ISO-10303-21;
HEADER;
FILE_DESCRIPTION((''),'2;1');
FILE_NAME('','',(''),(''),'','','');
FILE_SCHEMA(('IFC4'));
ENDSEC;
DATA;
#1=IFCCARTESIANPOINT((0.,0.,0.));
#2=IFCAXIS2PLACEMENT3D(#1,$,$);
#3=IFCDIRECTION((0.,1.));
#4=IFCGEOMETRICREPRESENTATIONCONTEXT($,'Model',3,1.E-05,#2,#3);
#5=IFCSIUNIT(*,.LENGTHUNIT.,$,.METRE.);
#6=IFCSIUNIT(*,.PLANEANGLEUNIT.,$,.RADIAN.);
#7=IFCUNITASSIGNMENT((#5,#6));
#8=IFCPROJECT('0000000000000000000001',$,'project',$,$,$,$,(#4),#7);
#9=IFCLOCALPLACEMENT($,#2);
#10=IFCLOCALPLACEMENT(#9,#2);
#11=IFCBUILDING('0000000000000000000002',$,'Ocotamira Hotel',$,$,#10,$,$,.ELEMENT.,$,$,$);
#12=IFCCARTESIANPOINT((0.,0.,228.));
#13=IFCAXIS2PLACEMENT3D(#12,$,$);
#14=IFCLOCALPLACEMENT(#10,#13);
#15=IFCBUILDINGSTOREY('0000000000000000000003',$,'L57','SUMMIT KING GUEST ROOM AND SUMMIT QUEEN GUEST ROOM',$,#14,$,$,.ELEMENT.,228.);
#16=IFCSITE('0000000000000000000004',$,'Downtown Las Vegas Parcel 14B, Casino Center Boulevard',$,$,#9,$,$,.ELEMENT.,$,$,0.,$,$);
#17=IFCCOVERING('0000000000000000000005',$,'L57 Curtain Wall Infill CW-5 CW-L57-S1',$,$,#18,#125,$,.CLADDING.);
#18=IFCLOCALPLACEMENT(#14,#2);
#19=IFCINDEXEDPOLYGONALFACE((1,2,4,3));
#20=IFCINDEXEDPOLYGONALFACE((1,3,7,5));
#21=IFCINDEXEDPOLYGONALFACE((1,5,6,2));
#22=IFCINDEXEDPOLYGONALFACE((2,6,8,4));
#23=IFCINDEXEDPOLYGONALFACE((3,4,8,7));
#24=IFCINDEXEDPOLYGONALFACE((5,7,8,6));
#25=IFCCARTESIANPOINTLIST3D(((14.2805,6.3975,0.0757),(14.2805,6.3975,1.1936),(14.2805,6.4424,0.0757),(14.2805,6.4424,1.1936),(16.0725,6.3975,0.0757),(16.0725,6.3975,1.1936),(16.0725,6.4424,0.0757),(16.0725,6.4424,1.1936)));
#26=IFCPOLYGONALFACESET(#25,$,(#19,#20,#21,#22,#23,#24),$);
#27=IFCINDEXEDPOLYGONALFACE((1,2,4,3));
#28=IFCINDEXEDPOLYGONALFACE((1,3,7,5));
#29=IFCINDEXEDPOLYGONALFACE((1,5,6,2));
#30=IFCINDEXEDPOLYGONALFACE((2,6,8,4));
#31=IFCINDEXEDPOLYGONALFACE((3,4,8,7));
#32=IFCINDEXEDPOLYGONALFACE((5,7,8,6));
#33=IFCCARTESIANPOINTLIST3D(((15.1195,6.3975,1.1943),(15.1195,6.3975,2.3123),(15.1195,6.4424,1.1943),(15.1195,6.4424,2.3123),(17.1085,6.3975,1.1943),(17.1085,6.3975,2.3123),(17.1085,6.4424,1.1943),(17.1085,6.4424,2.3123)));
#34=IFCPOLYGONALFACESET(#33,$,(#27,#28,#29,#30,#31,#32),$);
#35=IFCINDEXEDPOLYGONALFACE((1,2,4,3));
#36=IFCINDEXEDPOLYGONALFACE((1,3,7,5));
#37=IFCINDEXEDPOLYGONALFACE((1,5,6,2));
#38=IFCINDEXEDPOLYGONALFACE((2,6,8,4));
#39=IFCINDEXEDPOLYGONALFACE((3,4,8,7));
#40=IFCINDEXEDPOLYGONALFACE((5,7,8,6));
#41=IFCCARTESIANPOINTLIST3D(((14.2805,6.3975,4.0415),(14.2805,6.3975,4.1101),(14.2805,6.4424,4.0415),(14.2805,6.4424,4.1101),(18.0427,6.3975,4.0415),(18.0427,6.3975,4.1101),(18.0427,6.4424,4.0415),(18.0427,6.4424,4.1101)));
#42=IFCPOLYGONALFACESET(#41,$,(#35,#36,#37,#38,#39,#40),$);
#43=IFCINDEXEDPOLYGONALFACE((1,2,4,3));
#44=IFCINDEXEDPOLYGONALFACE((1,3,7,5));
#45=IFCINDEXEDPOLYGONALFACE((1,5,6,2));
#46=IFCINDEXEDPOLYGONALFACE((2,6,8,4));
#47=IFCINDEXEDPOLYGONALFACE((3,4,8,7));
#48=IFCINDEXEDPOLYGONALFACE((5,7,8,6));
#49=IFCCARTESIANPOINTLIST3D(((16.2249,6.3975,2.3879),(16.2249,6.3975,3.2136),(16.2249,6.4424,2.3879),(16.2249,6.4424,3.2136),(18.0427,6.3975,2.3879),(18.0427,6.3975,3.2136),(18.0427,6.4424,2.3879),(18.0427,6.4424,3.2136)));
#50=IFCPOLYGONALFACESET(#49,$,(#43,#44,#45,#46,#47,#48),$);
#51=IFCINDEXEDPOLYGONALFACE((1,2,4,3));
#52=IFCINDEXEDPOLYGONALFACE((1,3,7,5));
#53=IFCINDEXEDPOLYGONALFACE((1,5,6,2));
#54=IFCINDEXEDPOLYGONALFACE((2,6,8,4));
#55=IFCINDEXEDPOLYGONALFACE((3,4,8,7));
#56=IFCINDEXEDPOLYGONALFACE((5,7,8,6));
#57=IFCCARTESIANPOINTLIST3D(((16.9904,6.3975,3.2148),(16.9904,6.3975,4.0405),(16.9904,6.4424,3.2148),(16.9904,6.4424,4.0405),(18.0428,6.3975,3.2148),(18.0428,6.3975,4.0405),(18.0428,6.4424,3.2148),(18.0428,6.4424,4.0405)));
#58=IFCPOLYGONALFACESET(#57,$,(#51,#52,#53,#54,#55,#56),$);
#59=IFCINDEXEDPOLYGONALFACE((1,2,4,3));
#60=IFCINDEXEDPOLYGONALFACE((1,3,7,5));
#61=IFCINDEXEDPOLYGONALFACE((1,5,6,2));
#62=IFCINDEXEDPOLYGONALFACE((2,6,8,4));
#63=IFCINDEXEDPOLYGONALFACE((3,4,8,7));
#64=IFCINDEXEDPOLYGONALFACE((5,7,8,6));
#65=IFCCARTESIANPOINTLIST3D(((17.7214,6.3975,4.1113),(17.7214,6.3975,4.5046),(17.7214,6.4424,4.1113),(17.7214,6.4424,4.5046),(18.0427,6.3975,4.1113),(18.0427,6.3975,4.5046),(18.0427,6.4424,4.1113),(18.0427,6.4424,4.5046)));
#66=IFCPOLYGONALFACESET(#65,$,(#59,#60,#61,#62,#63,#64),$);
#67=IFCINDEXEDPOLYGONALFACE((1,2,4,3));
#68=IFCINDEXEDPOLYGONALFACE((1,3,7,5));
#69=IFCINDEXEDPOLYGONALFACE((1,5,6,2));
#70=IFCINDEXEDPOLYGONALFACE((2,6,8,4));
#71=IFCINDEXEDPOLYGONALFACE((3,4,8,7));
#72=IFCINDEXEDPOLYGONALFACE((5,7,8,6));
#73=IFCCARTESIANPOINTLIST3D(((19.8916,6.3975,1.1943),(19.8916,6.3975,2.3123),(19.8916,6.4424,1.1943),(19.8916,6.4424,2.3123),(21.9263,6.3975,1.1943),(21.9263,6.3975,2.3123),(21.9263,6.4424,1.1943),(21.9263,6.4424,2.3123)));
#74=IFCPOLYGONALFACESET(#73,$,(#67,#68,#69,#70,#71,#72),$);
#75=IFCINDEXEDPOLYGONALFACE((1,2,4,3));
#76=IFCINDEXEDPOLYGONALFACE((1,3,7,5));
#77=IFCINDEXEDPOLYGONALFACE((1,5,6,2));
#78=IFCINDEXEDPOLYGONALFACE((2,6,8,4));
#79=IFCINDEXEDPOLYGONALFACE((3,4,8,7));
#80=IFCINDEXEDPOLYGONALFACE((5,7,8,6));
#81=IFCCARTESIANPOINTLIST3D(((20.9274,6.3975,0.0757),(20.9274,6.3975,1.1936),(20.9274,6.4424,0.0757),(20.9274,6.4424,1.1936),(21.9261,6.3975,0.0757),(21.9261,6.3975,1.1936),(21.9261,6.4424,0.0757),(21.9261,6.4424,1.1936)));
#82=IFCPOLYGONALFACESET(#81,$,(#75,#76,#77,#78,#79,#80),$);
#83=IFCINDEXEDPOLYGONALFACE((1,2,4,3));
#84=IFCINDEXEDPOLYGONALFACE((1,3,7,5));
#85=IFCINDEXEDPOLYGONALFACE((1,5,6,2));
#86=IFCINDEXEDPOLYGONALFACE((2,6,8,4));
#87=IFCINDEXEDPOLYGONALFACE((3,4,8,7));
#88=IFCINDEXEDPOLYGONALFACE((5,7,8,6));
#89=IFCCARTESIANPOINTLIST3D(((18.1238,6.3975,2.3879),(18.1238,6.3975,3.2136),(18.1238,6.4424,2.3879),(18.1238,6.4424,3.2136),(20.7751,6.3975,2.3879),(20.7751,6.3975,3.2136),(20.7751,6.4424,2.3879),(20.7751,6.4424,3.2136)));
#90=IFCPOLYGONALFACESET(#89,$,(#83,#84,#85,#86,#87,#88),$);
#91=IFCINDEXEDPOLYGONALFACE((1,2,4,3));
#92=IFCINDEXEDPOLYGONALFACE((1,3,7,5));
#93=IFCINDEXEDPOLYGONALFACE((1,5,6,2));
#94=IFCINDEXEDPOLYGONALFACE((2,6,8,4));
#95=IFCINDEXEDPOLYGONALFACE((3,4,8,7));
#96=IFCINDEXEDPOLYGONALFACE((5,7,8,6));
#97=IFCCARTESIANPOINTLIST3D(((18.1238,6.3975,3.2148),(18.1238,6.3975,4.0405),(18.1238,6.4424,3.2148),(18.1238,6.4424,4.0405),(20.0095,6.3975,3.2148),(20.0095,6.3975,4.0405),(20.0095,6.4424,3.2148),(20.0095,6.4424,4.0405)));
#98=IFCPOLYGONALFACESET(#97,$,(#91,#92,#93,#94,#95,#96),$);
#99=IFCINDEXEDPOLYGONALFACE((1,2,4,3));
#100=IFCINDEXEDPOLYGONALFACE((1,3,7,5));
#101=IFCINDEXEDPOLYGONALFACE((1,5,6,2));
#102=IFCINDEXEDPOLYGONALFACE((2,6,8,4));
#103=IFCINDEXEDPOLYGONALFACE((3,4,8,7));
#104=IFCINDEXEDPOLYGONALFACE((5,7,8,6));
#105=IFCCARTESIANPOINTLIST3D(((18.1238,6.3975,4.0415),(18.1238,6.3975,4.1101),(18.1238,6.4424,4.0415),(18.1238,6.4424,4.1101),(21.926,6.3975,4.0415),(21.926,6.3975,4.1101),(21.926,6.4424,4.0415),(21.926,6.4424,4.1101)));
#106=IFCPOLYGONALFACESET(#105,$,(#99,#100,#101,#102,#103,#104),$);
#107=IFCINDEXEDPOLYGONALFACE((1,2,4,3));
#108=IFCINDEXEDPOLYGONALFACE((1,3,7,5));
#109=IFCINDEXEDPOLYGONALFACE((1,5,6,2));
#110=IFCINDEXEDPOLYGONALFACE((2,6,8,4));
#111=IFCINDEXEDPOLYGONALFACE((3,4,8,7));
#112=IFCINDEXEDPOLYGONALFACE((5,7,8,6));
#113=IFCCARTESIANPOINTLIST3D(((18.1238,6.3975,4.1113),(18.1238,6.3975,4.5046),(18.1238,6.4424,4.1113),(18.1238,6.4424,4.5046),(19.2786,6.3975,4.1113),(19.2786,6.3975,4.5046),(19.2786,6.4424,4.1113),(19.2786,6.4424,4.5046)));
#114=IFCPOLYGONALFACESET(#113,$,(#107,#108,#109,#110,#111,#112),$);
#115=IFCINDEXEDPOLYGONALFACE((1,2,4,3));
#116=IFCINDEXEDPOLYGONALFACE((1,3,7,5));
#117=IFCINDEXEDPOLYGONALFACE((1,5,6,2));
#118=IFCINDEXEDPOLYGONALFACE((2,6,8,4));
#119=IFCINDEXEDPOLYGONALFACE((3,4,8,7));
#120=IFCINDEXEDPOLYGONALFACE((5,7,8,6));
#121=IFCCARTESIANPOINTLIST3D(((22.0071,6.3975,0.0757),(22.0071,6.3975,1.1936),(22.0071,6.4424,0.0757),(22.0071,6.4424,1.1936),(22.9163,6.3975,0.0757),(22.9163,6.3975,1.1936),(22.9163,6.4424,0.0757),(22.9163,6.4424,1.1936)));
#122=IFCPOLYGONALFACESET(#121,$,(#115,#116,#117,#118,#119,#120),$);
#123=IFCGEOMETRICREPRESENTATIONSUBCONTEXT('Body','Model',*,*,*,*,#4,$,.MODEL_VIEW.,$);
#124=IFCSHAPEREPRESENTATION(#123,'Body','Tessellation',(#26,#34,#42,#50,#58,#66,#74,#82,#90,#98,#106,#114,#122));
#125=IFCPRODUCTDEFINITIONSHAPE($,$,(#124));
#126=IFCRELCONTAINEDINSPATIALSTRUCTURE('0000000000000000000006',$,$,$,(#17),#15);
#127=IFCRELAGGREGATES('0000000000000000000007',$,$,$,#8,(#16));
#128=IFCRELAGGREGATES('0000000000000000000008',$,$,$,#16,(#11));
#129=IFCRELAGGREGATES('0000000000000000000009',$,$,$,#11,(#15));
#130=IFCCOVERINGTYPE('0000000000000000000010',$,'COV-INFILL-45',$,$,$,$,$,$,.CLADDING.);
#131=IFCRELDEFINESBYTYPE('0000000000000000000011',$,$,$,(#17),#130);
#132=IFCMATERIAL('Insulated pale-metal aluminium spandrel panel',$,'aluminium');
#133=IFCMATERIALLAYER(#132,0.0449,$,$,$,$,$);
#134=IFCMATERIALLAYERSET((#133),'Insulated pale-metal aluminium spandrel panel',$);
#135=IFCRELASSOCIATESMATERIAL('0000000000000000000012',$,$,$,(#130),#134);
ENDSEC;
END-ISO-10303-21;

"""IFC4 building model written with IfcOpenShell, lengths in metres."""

from ifc_helpers import new_model, si_unit, direction, frame, origin, origin_2d, place, context, subcontext, project, spatial, rectangle, extrude, material, layer, layer_set, type_object, element, save


model = new_model("IFC4")

# Units and contexts
model_context = context("Model", 3, precision=1e-05, world=origin(), true_north=direction((0.0, 1.0)))
body_context = subcontext(model_context, "Body", "Model", "MODEL_VIEW")
ifc_project = project(units=[si_unit("LENGTHUNIT", "METRE"), si_unit("PLANEANGLEUNIT", "RADIAN")], contexts=[model_context])

# Site, building, storey
site_placement = place(None, origin())
site = spatial("IfcSite", under=ifc_project, at=site_placement, Name="Downtown Las Vegas Parcel 14B, Casino Center Boulevard", CompositionType="ELEMENT", RefElevation=0.0)
building_placement = place(site_placement, origin())
building = spatial("IfcBuilding", under=site, at=building_placement, Name="Ocotamira Hotel", CompositionType="ELEMENT")
storey_placement = place(building_placement, frame((0.0, 0.0, 228.0)))
storey = spatial("IfcBuildingStorey", under=building, at=storey_placement, Name="L57", Description="SUMMIT KING GUEST ROOM AND SUMMIT QUEEN GUEST ROOM", CompositionType="ELEMENT", Elevation=228.0)

# Covering
ifc_material_1 = material(Name="Insulated pale-metal aluminium spandrel panel", Category="aluminium")
ifc_layer_1 = layer(ifc_material_1, 0.0449)
ifc_layer_set_1 = layer_set([ifc_layer_1], Name="Insulated pale-metal aluminium spandrel panel")
covering_type_1 = type_object("IfcCoveringType", Name="COV-INFILL-45", PredefinedType="CLADDING", material=ifc_layer_set_1)
covering_1_placement = place(storey_placement, origin())
element("IfcCovering", 1, at=covering_1_placement, inside=storey, type_object=covering_type_1, Name="L57 Curtain Wall Infill CW-5 CW-L57-S1", PredefinedType="CLADDING", context=body_context, shape_type="SweptSolid", body=[
    extrude(rectangle(XDim=1.792, YDim=0.0449, at=origin_2d()), frame((15.1765, 6.4199, 0.0757), z_axis=(0.0, 0.0, 1.0), x_axis=(1.0, 0.0, 0.0)), (0.0, 0.0, 1.0), 1.1179),
    extrude(rectangle(XDim=1.989, YDim=0.0449, at=origin_2d()), frame((16.114, 6.4199, 1.1943), z_axis=(0.0, 0.0, 1.0), x_axis=(1.0, 0.0, 0.0)), (0.0, 0.0, 1.0), 1.1179),
    extrude(rectangle(XDim=3.7622, YDim=0.0449, at=origin_2d()), frame((16.1616, 6.4199, 4.0415), z_axis=(0.0, 0.0, 1.0), x_axis=(1.0, 0.0, 0.0)), (0.0, 0.0, 1.0), 0.0686),
    extrude(rectangle(XDim=1.8179, YDim=0.0449, at=origin_2d()), frame((17.1338, 6.4199, 2.3879), z_axis=(0.0, 0.0, 1.0), x_axis=(1.0, 0.0, 0.0)), (0.0, 0.0, 1.0), 0.8257),
    extrude(rectangle(XDim=1.0525, YDim=0.0449, at=origin_2d()), frame((17.5166, 6.4199, 3.2148), z_axis=(0.0, 0.0, 1.0), x_axis=(1.0, 0.0, 0.0)), (0.0, 0.0, 1.0), 0.8257),
    extrude(rectangle(XDim=0.3213, YDim=0.0449, at=origin_2d()), frame((17.8821, 6.4199, 4.1113), z_axis=(0.0, 0.0, 1.0), x_axis=(1.0, 0.0, 0.0)), (0.0, 0.0, 1.0), 0.3933),
    extrude(rectangle(XDim=2.0347, YDim=0.0449, at=origin_2d()), frame((20.9089, 6.4199, 1.1943), z_axis=(0.0, 0.0, 1.0), x_axis=(1.0, 0.0, 0.0)), (0.0, 0.0, 1.0), 1.1179),
    extrude(rectangle(XDim=0.9988, YDim=0.0449, at=origin_2d()), frame((21.4268, 6.4199, 0.0757), z_axis=(0.0, 0.0, 1.0), x_axis=(1.0, 0.0, 0.0)), (0.0, 0.0, 1.0), 1.1179),
    extrude(rectangle(XDim=2.6514, YDim=0.0449, at=origin_2d()), frame((19.4495, 6.4199, 2.3879), z_axis=(0.0, 0.0, 1.0), x_axis=(1.0, 0.0, 0.0)), (0.0, 0.0, 1.0), 0.8257),
    extrude(rectangle(XDim=1.8857, YDim=0.0449, at=origin_2d()), frame((19.0667, 6.4199, 3.2148), z_axis=(0.0, 0.0, 1.0), x_axis=(1.0, 0.0, 0.0)), (0.0, 0.0, 1.0), 0.8257),
    extrude(rectangle(XDim=3.8022, YDim=0.0449, at=origin_2d()), frame((20.0249, 6.4199, 4.0415), z_axis=(0.0, 0.0, 1.0), x_axis=(1.0, 0.0, 0.0)), (0.0, 0.0, 1.0), 0.0686),
    extrude(rectangle(XDim=1.1548, YDim=0.0449, at=origin_2d()), frame((18.7012, 6.4199, 4.1113), z_axis=(0.0, 0.0, 1.0), x_axis=(1.0, 0.0, 0.0)), (0.0, 0.0, 1.0), 0.3933),
    extrude(rectangle(XDim=0.9092, YDim=0.0449, at=origin_2d()), frame((22.4617, 6.4199, 0.0757), z_axis=(0.0, 0.0, 1.0), x_axis=(1.0, 0.0, 0.0)), (0.0, 0.0, 1.0), 1.1179),
])

save(model, "model.ifc")
